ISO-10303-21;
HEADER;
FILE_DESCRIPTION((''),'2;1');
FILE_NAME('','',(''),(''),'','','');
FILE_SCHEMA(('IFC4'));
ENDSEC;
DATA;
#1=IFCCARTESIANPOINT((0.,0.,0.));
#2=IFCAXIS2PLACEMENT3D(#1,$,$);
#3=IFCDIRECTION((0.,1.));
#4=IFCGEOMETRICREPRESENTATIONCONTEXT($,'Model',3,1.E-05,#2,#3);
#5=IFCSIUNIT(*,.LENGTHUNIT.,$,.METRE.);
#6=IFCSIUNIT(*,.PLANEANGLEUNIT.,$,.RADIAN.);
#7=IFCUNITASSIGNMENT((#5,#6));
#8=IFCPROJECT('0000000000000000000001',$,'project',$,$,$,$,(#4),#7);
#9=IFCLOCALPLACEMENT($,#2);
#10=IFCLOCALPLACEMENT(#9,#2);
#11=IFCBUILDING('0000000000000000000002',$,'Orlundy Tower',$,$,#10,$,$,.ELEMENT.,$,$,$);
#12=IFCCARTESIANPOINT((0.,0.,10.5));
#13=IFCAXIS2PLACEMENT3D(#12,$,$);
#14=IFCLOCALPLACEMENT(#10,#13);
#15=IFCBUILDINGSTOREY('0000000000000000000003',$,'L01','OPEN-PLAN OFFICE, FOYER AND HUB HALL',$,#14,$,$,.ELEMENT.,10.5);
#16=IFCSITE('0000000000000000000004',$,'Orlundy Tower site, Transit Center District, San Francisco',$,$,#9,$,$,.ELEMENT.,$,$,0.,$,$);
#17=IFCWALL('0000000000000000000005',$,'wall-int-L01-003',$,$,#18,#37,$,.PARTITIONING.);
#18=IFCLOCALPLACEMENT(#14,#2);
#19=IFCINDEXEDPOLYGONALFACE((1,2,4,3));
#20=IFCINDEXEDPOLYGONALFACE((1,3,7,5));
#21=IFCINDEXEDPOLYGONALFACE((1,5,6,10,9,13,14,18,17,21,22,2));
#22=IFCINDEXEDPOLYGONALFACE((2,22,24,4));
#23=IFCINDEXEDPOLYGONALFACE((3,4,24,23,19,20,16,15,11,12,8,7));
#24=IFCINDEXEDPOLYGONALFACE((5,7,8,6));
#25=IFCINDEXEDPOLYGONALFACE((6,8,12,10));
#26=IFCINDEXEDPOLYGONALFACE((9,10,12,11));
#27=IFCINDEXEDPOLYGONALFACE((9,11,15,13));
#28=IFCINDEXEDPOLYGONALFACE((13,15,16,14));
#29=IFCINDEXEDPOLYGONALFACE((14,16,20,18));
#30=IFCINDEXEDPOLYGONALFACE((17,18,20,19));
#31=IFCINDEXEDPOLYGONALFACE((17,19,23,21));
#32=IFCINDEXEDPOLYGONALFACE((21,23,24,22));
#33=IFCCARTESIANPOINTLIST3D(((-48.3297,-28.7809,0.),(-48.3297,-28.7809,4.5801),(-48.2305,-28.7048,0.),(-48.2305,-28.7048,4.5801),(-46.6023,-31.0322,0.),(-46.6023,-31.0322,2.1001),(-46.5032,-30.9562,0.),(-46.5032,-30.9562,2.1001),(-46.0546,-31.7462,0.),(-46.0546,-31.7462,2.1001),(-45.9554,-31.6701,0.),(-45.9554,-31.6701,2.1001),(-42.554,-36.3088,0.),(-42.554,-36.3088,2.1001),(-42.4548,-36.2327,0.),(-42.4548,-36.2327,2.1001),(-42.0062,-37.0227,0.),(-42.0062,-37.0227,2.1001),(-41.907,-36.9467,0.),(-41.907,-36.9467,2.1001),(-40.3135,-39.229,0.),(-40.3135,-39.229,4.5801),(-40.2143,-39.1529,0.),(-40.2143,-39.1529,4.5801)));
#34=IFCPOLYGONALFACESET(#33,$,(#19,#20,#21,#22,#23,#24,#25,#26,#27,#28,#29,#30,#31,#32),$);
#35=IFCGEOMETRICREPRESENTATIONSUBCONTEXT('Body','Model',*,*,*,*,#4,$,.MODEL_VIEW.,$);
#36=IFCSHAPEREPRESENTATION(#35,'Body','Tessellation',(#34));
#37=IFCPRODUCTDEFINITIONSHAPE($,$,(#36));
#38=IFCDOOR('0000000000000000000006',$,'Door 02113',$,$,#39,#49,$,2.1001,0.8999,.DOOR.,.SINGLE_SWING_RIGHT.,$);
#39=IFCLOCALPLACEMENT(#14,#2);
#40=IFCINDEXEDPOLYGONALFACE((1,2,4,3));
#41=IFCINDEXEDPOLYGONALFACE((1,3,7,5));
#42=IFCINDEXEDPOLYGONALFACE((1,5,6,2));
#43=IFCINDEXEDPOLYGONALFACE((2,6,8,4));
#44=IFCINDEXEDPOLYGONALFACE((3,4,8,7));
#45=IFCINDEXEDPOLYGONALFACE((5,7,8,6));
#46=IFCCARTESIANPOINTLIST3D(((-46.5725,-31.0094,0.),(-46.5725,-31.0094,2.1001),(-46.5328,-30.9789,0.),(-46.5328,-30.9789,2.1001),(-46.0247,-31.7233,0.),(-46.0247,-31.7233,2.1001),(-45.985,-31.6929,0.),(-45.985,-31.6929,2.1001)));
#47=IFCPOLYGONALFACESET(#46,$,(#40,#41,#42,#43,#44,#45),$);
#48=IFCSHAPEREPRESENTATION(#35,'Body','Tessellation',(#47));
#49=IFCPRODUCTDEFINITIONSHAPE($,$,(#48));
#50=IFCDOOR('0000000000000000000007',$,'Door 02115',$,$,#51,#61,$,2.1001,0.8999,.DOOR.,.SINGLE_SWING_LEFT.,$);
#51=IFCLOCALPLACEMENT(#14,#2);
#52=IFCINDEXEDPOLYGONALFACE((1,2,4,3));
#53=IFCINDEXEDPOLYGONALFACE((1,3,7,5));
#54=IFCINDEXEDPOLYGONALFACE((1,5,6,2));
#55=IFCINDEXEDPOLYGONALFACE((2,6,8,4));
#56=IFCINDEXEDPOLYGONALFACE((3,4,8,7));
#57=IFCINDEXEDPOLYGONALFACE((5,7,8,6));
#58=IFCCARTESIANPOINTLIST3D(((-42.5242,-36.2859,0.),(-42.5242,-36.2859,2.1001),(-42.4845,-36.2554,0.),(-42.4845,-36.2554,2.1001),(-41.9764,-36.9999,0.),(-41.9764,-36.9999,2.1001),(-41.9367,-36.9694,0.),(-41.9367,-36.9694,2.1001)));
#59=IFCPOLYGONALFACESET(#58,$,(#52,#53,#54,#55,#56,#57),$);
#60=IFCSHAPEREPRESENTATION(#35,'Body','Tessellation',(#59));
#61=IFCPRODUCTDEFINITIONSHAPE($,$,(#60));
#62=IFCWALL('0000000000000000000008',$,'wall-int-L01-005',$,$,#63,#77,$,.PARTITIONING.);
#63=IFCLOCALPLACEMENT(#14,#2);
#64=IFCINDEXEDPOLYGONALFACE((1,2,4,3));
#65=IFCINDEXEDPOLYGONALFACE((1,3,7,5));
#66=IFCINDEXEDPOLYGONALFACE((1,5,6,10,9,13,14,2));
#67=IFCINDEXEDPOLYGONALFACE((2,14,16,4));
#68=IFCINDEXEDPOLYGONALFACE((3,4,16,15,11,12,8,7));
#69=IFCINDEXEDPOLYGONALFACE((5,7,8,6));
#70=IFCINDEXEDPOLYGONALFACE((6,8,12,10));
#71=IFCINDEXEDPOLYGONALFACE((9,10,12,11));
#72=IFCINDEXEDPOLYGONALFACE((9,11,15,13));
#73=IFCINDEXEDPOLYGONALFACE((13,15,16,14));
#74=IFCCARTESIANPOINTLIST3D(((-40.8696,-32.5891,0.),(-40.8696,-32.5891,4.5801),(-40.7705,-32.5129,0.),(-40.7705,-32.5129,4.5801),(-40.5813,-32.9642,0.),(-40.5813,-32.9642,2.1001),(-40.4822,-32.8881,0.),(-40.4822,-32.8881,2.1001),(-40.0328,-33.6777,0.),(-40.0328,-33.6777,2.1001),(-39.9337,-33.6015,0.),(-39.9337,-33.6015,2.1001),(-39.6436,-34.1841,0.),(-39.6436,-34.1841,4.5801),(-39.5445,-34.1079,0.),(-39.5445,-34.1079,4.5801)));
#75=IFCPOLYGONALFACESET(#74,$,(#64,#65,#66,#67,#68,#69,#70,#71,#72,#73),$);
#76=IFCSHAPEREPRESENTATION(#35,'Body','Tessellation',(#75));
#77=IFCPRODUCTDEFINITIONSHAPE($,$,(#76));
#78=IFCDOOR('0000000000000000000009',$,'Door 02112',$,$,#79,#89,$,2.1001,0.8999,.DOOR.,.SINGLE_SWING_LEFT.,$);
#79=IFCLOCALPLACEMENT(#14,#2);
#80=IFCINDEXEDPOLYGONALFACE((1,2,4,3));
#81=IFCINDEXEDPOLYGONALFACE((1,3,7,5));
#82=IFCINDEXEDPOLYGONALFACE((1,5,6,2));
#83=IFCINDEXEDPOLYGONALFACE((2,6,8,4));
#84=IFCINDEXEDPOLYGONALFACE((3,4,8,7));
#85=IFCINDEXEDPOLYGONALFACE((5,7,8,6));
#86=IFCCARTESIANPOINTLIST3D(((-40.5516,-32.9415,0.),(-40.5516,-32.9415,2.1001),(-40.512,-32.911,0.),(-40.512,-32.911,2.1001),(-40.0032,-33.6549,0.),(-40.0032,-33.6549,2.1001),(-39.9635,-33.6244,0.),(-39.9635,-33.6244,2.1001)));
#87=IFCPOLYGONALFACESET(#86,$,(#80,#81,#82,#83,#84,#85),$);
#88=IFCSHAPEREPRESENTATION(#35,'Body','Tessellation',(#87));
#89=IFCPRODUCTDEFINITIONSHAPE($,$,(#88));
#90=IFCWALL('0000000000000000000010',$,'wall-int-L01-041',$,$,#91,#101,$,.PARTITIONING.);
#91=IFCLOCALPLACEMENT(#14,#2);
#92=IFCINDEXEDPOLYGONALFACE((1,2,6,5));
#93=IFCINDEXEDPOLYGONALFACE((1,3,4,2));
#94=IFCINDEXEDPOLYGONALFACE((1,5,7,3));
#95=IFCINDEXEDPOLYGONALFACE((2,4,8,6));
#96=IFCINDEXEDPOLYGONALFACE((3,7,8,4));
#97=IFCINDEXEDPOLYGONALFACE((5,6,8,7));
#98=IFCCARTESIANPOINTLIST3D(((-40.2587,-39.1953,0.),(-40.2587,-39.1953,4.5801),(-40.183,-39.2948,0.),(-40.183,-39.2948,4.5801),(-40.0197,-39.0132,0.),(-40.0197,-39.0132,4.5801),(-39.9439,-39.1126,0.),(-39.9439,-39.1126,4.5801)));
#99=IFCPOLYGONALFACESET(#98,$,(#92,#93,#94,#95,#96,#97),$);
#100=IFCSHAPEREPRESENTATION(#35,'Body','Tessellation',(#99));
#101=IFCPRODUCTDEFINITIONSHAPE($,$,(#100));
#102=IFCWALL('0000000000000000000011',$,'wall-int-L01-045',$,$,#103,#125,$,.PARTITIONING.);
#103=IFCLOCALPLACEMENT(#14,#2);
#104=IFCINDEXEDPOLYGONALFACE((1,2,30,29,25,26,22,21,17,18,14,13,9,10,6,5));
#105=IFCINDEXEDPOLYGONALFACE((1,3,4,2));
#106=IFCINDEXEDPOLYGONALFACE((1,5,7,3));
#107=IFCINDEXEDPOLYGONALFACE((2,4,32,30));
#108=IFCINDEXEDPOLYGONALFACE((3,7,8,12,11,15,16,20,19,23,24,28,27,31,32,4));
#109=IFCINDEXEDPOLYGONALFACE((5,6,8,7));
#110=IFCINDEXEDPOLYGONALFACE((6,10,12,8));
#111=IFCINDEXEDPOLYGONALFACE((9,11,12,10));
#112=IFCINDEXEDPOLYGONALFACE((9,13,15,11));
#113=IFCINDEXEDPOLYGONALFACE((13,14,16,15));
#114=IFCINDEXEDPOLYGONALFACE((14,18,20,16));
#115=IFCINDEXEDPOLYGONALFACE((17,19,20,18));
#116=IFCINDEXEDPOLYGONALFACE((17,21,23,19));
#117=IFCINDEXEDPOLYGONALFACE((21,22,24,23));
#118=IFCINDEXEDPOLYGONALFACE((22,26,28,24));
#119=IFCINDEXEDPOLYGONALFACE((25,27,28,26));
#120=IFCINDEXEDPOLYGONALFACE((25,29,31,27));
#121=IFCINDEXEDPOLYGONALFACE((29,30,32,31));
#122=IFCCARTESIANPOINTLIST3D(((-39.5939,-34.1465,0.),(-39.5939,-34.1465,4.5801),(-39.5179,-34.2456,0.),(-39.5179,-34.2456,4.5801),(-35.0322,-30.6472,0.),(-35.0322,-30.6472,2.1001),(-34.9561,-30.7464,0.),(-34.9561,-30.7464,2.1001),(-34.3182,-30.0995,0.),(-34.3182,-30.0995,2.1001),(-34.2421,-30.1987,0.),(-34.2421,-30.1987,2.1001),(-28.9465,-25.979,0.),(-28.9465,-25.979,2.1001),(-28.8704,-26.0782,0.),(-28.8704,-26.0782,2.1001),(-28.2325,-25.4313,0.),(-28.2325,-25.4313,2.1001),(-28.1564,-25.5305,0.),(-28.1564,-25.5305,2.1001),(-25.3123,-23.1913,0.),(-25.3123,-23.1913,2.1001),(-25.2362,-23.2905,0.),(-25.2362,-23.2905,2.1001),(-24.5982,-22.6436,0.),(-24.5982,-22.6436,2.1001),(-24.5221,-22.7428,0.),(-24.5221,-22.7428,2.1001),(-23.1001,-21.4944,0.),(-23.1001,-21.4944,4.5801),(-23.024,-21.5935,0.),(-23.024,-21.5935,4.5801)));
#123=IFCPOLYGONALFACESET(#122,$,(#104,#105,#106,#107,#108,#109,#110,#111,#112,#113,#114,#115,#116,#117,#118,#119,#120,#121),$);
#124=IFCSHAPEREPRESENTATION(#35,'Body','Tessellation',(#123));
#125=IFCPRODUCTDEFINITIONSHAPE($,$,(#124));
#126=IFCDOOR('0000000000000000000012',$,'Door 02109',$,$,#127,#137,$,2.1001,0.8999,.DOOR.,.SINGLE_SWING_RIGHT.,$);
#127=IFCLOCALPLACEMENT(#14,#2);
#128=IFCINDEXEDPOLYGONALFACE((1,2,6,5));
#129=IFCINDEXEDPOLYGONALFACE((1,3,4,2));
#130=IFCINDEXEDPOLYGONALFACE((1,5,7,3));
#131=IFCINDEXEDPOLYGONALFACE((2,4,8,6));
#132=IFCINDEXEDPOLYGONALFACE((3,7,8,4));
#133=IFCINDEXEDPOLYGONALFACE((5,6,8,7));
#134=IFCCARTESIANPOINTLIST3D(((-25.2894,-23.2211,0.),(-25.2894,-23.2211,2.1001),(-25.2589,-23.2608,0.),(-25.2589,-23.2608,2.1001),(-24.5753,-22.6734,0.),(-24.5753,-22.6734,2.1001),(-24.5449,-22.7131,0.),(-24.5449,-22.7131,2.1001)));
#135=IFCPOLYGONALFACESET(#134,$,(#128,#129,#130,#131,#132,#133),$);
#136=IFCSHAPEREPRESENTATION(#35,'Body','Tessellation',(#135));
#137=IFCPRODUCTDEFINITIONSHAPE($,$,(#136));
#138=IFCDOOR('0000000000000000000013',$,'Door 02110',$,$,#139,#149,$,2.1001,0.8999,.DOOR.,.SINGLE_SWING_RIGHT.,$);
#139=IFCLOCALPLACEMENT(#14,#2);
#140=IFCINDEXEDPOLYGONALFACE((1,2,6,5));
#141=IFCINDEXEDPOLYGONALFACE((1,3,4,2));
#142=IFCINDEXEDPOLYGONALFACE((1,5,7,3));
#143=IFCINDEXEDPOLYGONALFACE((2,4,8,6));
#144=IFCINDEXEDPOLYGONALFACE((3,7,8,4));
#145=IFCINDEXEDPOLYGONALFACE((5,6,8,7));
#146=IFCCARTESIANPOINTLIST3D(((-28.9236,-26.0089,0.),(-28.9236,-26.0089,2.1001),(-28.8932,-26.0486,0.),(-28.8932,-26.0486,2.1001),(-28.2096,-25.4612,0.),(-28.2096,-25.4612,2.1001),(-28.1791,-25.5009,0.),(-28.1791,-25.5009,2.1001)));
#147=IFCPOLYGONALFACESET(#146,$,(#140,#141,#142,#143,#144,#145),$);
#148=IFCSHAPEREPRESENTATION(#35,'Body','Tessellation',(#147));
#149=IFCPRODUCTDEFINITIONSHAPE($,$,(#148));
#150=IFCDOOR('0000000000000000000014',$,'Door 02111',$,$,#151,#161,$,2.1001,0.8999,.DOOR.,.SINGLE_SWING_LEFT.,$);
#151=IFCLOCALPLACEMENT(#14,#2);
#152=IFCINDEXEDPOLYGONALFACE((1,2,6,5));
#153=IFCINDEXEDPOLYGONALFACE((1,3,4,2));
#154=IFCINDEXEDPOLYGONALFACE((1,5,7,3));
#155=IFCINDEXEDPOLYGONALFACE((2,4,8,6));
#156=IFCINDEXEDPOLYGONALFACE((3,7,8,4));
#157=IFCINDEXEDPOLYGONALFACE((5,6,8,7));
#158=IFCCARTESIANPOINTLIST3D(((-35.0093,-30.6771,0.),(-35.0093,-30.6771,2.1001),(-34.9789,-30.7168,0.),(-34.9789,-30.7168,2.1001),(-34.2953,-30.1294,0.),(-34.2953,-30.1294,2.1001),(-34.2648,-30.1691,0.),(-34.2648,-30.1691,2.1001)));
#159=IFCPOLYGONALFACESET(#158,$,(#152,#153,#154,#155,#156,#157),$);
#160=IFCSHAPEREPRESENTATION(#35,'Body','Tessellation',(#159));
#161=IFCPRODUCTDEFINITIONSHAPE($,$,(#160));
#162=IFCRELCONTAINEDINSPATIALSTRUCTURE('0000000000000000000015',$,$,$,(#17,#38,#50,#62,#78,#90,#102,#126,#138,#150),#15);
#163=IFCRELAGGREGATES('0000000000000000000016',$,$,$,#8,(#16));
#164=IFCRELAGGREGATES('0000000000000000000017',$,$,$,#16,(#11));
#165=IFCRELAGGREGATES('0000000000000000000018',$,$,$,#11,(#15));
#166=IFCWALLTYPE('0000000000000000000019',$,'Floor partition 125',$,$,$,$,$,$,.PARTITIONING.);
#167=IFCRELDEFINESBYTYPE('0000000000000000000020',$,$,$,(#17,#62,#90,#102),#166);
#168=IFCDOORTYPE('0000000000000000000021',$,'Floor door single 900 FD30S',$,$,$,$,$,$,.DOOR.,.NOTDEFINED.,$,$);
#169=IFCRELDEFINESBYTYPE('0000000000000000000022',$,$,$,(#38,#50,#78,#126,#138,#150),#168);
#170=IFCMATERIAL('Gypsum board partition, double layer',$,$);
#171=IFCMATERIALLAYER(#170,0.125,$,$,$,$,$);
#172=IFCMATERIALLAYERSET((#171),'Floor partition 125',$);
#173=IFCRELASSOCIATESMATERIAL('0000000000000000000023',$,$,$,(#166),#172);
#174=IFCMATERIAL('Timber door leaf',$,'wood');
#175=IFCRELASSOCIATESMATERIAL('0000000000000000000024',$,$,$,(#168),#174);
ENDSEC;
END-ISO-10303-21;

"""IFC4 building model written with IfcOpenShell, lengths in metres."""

from ifc_helpers import new_model, si_unit, direction, frame, frame_2d, origin, place, context, subcontext, project, spatial, rectangle, extrude, material, layer, layer_set, type_object, element, fill, save


model = new_model("IFC4")

# Units and contexts
model_context = context("Model", 3, precision=1e-05, world=origin(), true_north=direction((0.0, 1.0)))
body_context = subcontext(model_context, "Body", "Model", "MODEL_VIEW")
ifc_project = project(units=[si_unit("LENGTHUNIT", "METRE"), si_unit("PLANEANGLEUNIT", "RADIAN")], contexts=[model_context])

# Site, building, storey
site_placement = place(None, origin())
site = spatial("IfcSite", under=ifc_project, at=site_placement, Name="Orlundy Tower site, Transit Center District, San Francisco", CompositionType="ELEMENT", RefElevation=0.0)
building_placement = place(site_placement, origin())
building = spatial("IfcBuilding", under=site, at=building_placement, Name="Orlundy Tower", CompositionType="ELEMENT")
storey_placement = place(building_placement, frame((0.0, 0.0, 10.5)))
storey = spatial("IfcBuildingStorey", under=building, at=storey_placement, Name="L01", Description="OPEN-PLAN OFFICE, FOYER AND HUB HALL", CompositionType="ELEMENT", Elevation=10.5)

# Wall, openings, doors
ifc_material_1 = material(Name="Gypsum board partition, double layer")
ifc_layer_1 = layer(ifc_material_1, 0.125)
ifc_layer_set_1 = layer_set([ifc_layer_1], Name="Floor partition 125")
wall_type_1 = type_object("IfcWallType", Name="Floor partition 125", PredefinedType="PARTITIONING", material=ifc_layer_set_1)
wall_1_placement = place(storey_placement, frame((-40.2639, -39.1909, 0.0), z_axis=(0.0, 0.0, 1.0), x_axis=(-0.608718, 0.793387, 0.0)))
wall_1 = element("IfcWall", 1, at=wall_1_placement, inside=storey, type_object=wall_type_1, Name="wall-int-L01-003", PredefinedType="PARTITIONING", context=body_context, shape_type="SweptSolid", body=[
    extrude(rectangle(XDim=13.1689, YDim=0.125, at=frame_2d((6.5845, 0.0))), origin(), (0.0, 0.0, 1.0), 4.5801),
])
opening_1_placement = place(wall_1_placement, frame((9.4314, 0.0, 0.0)))
opening_1 = element("IfcOpeningElement", 2, at=opening_1_placement, cuts=wall_1, PredefinedType="OPENING", context=body_context, shape_type="SweptSolid", body=[
    extrude(rectangle(XDim=0.8999, YDim=2.1001, at=frame_2d((0.45, 1.05))), frame((0.0, 0.0725, 0.0), z_axis=(0.0, -1.0, 0.0), x_axis=(1.0, 0.0, 0.0)), (0.0, 0.0, 1.0), 0.145),
])
opening_2_placement = place(wall_1_placement, frame((2.7808, 0.0, 0.0)))
opening_2 = element("IfcOpeningElement", 3, at=opening_2_placement, cuts=wall_1, PredefinedType="OPENING", context=body_context, shape_type="SweptSolid", body=[
    extrude(rectangle(XDim=0.8999, YDim=2.1001, at=frame_2d((0.45, 1.05))), frame((0.0, 0.0725, 0.0), z_axis=(0.0, -1.0, 0.0), x_axis=(1.0, 0.0, 0.0)), (0.0, 0.0, 1.0), 0.145),
])
ifc_material_2 = material(Name="Timber door leaf", Category="wood")
door_type = type_object("IfcDoorType", Name="Floor door single 900 FD30S", OperationType="NOTDEFINED", PredefinedType="DOOR", material=ifc_material_2)
door_1_placement = place(opening_1_placement, origin())
door_1 = element("IfcDoor", 4, at=door_1_placement, inside=storey, type_object=door_type, Name="Door 02113", OperationType="SINGLE_SWING_RIGHT", OverallHeight=2.1001, OverallWidth=0.8999, PredefinedType="DOOR", context=body_context, shape_type="SweptSolid", body=[
    extrude(rectangle(XDim=0.8999, YDim=2.1001, at=frame_2d((0.45, 1.05))), frame((0.0, 0.0249, 0.0), z_axis=(0.0, -1.0, 0.0), x_axis=(1.0, 0.0, 0.0)), (0.0, 0.0, 1.0), 0.05),
])
fill(opening_1, door_1)
door_2_placement = place(opening_2_placement, origin())
door_2 = element("IfcDoor", 5, at=door_2_placement, inside=storey, type_object=door_type, Name="Door 02115", OperationType="SINGLE_SWING_LEFT", OverallHeight=2.1001, OverallWidth=0.8999, PredefinedType="DOOR", context=body_context, shape_type="SweptSolid", body=[
    extrude(rectangle(XDim=0.8999, YDim=2.1001, at=frame_2d((0.45, 1.05))), frame((0.0, 0.0249, 0.0), z_axis=(0.0, -1.0, 0.0), x_axis=(1.0, 0.0, 0.0)), (0.0, 0.0, 1.0), 0.05),
])
fill(opening_2, door_2)

# Wall, opening, door
wall_2_placement = place(storey_placement, frame((-40.8201, -32.551, 0.0), z_axis=(0.0, 0.0, 1.0), x_axis=(0.609453, -0.792822, 0.0)))
wall_2 = element("IfcWall", 6, at=wall_2_placement, inside=storey, type_object=wall_type_1, Name="wall-int-L01-005", PredefinedType="PARTITIONING", context=body_context, shape_type="SweptSolid", body=[
    extrude(rectangle(XDim=2.0117, YDim=0.125, at=frame_2d((1.0059, 0.0))), origin(), (0.0, 0.0, 1.0), 4.5801),
])
opening_3_placement = place(wall_2_placement, frame((0.4731, 0.0, 0.0)))
opening_3 = element("IfcOpeningElement", 7, at=opening_3_placement, cuts=wall_2, PredefinedType="OPENING", context=body_context, shape_type="SweptSolid", body=[
    extrude(rectangle(XDim=0.8999, YDim=2.1001, at=frame_2d((0.45, 1.05))), frame((0.0, 0.0725, 0.0), z_axis=(0.0, -1.0, 0.0), x_axis=(1.0, 0.0, 0.0)), (0.0, 0.0, 1.0), 0.145),
])
door_3_placement = place(opening_3_placement, origin())
door_3 = element("IfcDoor", 8, at=door_3_placement, inside=storey, type_object=door_type, Name="Door 02112", OperationType="SINGLE_SWING_LEFT", OverallHeight=2.1001, OverallWidth=0.8999, PredefinedType="DOOR", context=body_context, shape_type="SweptSolid", body=[
    extrude(rectangle(XDim=0.8999, YDim=2.1001, at=frame_2d((0.45, 1.05))), frame((0.0, 0.0249, 0.0), z_axis=(0.0, -1.0, 0.0), x_axis=(1.0, 0.0, 0.0)), (0.0, 0.0, 1.0), 0.05),
])
fill(opening_3, door_3)

# Wall
wall_3_placement = place(storey_placement, frame((-40.2209, -39.2451, 0.0), z_axis=(0.0, 0.0, 1.0), x_axis=(0.795394, 0.606092, 0.0)))
element("IfcWall", 9, at=wall_3_placement, inside=storey, type_object=wall_type_1, Name="wall-int-L01-041", PredefinedType="PARTITIONING", context=body_context, shape_type="SweptSolid", body=[
    extrude(rectangle(XDim=0.3005, YDim=0.125, at=frame_2d((0.1504, 0.0))), origin(), (0.0, 0.0, 1.0), 4.5801),
])

# Wall, openings, doors
wall_4_placement = place(storey_placement, frame((-39.5559, -34.196, 0.0), z_axis=(0.0, 0.0, 1.0), x_axis=(0.793449, 0.608637, 0.0)))
wall_4 = element("IfcWall", 10, at=wall_4_placement, inside=storey, type_object=wall_type_1, Name="wall-int-L01-045", PredefinedType="PARTITIONING", context=body_context, shape_type="SweptSolid", body=[
    extrude(rectangle(XDim=20.7876, YDim=0.125, at=frame_2d((10.3938, 0.0))), origin(), (0.0, 0.0, 1.0), 4.5801),
])
opening_4_placement = place(wall_4_placement, frame((17.9995, 0.0, 0.0)))
opening_4 = element("IfcOpeningElement", 11, at=opening_4_placement, cuts=wall_4, PredefinedType="OPENING", context=body_context, shape_type="SweptSolid", body=[
    extrude(rectangle(XDim=0.8999, YDim=2.1001, at=frame_2d((0.45, 1.05))), frame((0.0, 0.0725, 0.0), z_axis=(0.0, -1.0, 0.0), x_axis=(1.0, 0.0, 0.0)), (0.0, 0.0, 1.0), 0.145),
])
opening_5_placement = place(wall_4_placement, frame((13.4192, 0.0, 0.0)))
opening_5 = element("IfcOpeningElement", 12, at=opening_5_placement, cuts=wall_4, PredefinedType="OPENING", context=body_context, shape_type="SweptSolid", body=[
    extrude(rectangle(XDim=0.8999, YDim=2.1001, at=frame_2d((0.45, 1.05))), frame((0.0, 0.0725, 0.0), z_axis=(0.0, -1.0, 0.0), x_axis=(1.0, 0.0, 0.0)), (0.0, 0.0, 1.0), 0.145),
])
opening_6_placement = place(wall_4_placement, frame((5.7493, 0.0, 0.0)))
opening_6 = element("IfcOpeningElement", 13, at=opening_6_placement, cuts=wall_4, PredefinedType="OPENING", context=body_context, shape_type="SweptSolid", body=[
    extrude(rectangle(XDim=0.8999, YDim=2.1001, at=frame_2d((0.45, 1.05))), frame((0.0, 0.0725, 0.0), z_axis=(0.0, -1.0, 0.0), x_axis=(1.0, 0.0, 0.0)), (0.0, 0.0, 1.0), 0.145),
])
door_4_placement = place(opening_4_placement, origin())
door_4 = element("IfcDoor", 14, at=door_4_placement, inside=storey, type_object=door_type, Name="Door 02109", OperationType="SINGLE_SWING_RIGHT", OverallHeight=2.1001, OverallWidth=0.8999, PredefinedType="DOOR", context=body_context, shape_type="SweptSolid", body=[
    extrude(rectangle(XDim=0.8999, YDim=2.1001, at=frame_2d((0.45, 1.05))), frame((0.0, 0.0249, 0.0), z_axis=(0.0, -1.0, 0.0), x_axis=(1.0, 0.0, 0.0)), (0.0, 0.0, 1.0), 0.05),
])
fill(opening_4, door_4)
door_5_placement = place(opening_5_placement, origin())
door_5 = element("IfcDoor", 15, at=door_5_placement, inside=storey, type_object=door_type, Name="Door 02110", OperationType="SINGLE_SWING_RIGHT", OverallHeight=2.1001, OverallWidth=0.8999, PredefinedType="DOOR", context=body_context, shape_type="SweptSolid", body=[
    extrude(rectangle(XDim=0.8999, YDim=2.1001, at=frame_2d((0.45, 1.05))), frame((0.0, 0.0249, 0.0), z_axis=(0.0, -1.0, 0.0), x_axis=(1.0, 0.0, 0.0)), (0.0, 0.0, 1.0), 0.05),
])
fill(opening_5, door_5)
door_6_placement = place(opening_6_placement, origin())
door_6 = element("IfcDoor", 16, at=door_6_placement, inside=storey, type_object=door_type, Name="Door 02111", OperationType="SINGLE_SWING_LEFT", OverallHeight=2.1001, OverallWidth=0.8999, PredefinedType="DOOR", context=body_context, shape_type="SweptSolid", body=[
    extrude(rectangle(XDim=0.8999, YDim=2.1001, at=frame_2d((0.45, 1.05))), frame((0.0, 0.0249, 0.0), z_axis=(0.0, -1.0, 0.0), x_axis=(1.0, 0.0, 0.0)), (0.0, 0.0, 1.0), 0.05),
])
fill(opening_6, door_6)

save(model, "model.ifc")
